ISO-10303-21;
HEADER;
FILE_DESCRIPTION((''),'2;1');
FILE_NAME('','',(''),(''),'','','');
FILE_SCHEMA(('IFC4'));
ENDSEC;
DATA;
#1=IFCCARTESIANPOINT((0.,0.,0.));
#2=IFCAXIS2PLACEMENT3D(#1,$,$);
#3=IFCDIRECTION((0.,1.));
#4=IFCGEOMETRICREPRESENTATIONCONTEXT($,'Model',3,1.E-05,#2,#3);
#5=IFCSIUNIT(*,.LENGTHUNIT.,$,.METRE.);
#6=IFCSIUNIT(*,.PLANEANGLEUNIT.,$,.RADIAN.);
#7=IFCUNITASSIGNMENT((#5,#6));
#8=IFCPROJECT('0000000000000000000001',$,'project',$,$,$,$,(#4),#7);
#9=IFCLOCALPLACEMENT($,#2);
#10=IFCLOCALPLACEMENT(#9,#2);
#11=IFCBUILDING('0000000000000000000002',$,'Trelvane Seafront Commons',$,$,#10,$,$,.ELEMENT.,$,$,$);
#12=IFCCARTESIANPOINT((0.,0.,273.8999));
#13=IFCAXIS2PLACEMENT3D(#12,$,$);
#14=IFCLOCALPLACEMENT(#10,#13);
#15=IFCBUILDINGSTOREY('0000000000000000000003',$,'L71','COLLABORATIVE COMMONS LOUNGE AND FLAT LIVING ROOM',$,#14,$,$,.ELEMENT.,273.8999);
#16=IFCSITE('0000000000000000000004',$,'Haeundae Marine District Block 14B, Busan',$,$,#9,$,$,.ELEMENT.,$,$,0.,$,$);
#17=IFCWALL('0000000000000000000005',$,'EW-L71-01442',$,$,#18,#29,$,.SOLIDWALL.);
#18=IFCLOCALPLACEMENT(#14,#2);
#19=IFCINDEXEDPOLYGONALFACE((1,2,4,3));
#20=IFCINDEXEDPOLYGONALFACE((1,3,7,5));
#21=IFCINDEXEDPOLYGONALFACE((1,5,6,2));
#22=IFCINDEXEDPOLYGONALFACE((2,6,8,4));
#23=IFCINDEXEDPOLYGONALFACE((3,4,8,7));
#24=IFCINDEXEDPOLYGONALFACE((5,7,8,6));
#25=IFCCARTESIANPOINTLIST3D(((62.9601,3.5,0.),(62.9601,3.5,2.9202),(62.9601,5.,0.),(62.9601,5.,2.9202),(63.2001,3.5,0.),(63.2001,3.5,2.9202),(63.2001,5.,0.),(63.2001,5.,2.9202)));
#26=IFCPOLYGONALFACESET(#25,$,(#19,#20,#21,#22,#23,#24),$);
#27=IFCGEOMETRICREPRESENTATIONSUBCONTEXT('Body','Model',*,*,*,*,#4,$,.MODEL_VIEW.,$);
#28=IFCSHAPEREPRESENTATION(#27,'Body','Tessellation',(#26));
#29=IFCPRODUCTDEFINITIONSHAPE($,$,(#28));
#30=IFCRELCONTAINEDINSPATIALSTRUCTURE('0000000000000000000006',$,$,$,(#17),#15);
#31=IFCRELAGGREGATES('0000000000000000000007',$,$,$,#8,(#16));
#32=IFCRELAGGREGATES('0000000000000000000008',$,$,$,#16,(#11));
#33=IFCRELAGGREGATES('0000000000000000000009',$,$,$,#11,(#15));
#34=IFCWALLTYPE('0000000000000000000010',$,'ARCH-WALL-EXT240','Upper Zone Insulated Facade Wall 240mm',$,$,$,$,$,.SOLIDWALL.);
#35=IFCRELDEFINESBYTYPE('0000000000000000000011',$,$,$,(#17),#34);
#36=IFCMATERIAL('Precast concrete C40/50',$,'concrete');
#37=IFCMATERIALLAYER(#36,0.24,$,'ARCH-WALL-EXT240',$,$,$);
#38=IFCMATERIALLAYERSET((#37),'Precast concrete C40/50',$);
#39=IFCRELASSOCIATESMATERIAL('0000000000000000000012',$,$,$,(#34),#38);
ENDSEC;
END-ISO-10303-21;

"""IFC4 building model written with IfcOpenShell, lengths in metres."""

from ifc_helpers import new_model, si_unit, direction, frame, frame_2d, origin, place, context, subcontext, project, spatial, rectangle, extrude, material, layer, layer_set, type_object, element, save


model = new_model("IFC4")

# Units and contexts
model_context = context("Model", 3, precision=1e-05, world=origin(), true_north=direction((0.0, 1.0)))
body_context = subcontext(model_context, "Body", "Model", "MODEL_VIEW")
ifc_project = project(units=[si_unit("LENGTHUNIT", "METRE"), si_unit("PLANEANGLEUNIT", "RADIAN")], contexts=[model_context])

# Site, building, storey
site_placement = place(None, origin())
site = spatial("IfcSite", under=ifc_project, at=site_placement, Name="Haeundae Marine District Block 14B, Busan", CompositionType="ELEMENT", RefElevation=0.0)
building_placement = place(site_placement, origin())
building = spatial("IfcBuilding", under=site, at=building_placement, Name="Trelvane Seafront Commons", CompositionType="ELEMENT")
storey_placement = place(building_placement, frame((0.0, 0.0, 273.8999)))
storey = spatial("IfcBuildingStorey", under=building, at=storey_placement, Name="L71", Description="COLLABORATIVE COMMONS LOUNGE AND FLAT LIVING ROOM", CompositionType="ELEMENT", Elevation=273.8999)

# Wall
ifc_material_1 = material(Name="Precast concrete C40/50", Category="concrete")
ifc_layer = layer(ifc_material_1, 0.24, Name="ARCH-WALL-EXT240")
ifc_layer_set = layer_set([ifc_layer], Name="Precast concrete C40/50")
wall_type = type_object("IfcWallType", Name="ARCH-WALL-EXT240", Description="Upper Zone Insulated Facade Wall 240mm", PredefinedType="SOLIDWALL", material=ifc_layer_set)
wall_1_placement = place(storey_placement, frame((63.0801, 5.0, 0.0), z_axis=(0.0, 0.0, 1.0), x_axis=(0.0, -1.0, 0.0)))
element("IfcWall", 1, at=wall_1_placement, inside=storey, type_object=wall_type, Name="EW-L71-01442", PredefinedType="SOLIDWALL", context=body_context, shape_type="SweptSolid", body=[
    extrude(rectangle(XDim=1.5, YDim=0.24, at=frame_2d((0.75, 0.0))), origin(), (0.0, 0.0, 1.0), 2.9202),
])

save(model, "model.ifc")
